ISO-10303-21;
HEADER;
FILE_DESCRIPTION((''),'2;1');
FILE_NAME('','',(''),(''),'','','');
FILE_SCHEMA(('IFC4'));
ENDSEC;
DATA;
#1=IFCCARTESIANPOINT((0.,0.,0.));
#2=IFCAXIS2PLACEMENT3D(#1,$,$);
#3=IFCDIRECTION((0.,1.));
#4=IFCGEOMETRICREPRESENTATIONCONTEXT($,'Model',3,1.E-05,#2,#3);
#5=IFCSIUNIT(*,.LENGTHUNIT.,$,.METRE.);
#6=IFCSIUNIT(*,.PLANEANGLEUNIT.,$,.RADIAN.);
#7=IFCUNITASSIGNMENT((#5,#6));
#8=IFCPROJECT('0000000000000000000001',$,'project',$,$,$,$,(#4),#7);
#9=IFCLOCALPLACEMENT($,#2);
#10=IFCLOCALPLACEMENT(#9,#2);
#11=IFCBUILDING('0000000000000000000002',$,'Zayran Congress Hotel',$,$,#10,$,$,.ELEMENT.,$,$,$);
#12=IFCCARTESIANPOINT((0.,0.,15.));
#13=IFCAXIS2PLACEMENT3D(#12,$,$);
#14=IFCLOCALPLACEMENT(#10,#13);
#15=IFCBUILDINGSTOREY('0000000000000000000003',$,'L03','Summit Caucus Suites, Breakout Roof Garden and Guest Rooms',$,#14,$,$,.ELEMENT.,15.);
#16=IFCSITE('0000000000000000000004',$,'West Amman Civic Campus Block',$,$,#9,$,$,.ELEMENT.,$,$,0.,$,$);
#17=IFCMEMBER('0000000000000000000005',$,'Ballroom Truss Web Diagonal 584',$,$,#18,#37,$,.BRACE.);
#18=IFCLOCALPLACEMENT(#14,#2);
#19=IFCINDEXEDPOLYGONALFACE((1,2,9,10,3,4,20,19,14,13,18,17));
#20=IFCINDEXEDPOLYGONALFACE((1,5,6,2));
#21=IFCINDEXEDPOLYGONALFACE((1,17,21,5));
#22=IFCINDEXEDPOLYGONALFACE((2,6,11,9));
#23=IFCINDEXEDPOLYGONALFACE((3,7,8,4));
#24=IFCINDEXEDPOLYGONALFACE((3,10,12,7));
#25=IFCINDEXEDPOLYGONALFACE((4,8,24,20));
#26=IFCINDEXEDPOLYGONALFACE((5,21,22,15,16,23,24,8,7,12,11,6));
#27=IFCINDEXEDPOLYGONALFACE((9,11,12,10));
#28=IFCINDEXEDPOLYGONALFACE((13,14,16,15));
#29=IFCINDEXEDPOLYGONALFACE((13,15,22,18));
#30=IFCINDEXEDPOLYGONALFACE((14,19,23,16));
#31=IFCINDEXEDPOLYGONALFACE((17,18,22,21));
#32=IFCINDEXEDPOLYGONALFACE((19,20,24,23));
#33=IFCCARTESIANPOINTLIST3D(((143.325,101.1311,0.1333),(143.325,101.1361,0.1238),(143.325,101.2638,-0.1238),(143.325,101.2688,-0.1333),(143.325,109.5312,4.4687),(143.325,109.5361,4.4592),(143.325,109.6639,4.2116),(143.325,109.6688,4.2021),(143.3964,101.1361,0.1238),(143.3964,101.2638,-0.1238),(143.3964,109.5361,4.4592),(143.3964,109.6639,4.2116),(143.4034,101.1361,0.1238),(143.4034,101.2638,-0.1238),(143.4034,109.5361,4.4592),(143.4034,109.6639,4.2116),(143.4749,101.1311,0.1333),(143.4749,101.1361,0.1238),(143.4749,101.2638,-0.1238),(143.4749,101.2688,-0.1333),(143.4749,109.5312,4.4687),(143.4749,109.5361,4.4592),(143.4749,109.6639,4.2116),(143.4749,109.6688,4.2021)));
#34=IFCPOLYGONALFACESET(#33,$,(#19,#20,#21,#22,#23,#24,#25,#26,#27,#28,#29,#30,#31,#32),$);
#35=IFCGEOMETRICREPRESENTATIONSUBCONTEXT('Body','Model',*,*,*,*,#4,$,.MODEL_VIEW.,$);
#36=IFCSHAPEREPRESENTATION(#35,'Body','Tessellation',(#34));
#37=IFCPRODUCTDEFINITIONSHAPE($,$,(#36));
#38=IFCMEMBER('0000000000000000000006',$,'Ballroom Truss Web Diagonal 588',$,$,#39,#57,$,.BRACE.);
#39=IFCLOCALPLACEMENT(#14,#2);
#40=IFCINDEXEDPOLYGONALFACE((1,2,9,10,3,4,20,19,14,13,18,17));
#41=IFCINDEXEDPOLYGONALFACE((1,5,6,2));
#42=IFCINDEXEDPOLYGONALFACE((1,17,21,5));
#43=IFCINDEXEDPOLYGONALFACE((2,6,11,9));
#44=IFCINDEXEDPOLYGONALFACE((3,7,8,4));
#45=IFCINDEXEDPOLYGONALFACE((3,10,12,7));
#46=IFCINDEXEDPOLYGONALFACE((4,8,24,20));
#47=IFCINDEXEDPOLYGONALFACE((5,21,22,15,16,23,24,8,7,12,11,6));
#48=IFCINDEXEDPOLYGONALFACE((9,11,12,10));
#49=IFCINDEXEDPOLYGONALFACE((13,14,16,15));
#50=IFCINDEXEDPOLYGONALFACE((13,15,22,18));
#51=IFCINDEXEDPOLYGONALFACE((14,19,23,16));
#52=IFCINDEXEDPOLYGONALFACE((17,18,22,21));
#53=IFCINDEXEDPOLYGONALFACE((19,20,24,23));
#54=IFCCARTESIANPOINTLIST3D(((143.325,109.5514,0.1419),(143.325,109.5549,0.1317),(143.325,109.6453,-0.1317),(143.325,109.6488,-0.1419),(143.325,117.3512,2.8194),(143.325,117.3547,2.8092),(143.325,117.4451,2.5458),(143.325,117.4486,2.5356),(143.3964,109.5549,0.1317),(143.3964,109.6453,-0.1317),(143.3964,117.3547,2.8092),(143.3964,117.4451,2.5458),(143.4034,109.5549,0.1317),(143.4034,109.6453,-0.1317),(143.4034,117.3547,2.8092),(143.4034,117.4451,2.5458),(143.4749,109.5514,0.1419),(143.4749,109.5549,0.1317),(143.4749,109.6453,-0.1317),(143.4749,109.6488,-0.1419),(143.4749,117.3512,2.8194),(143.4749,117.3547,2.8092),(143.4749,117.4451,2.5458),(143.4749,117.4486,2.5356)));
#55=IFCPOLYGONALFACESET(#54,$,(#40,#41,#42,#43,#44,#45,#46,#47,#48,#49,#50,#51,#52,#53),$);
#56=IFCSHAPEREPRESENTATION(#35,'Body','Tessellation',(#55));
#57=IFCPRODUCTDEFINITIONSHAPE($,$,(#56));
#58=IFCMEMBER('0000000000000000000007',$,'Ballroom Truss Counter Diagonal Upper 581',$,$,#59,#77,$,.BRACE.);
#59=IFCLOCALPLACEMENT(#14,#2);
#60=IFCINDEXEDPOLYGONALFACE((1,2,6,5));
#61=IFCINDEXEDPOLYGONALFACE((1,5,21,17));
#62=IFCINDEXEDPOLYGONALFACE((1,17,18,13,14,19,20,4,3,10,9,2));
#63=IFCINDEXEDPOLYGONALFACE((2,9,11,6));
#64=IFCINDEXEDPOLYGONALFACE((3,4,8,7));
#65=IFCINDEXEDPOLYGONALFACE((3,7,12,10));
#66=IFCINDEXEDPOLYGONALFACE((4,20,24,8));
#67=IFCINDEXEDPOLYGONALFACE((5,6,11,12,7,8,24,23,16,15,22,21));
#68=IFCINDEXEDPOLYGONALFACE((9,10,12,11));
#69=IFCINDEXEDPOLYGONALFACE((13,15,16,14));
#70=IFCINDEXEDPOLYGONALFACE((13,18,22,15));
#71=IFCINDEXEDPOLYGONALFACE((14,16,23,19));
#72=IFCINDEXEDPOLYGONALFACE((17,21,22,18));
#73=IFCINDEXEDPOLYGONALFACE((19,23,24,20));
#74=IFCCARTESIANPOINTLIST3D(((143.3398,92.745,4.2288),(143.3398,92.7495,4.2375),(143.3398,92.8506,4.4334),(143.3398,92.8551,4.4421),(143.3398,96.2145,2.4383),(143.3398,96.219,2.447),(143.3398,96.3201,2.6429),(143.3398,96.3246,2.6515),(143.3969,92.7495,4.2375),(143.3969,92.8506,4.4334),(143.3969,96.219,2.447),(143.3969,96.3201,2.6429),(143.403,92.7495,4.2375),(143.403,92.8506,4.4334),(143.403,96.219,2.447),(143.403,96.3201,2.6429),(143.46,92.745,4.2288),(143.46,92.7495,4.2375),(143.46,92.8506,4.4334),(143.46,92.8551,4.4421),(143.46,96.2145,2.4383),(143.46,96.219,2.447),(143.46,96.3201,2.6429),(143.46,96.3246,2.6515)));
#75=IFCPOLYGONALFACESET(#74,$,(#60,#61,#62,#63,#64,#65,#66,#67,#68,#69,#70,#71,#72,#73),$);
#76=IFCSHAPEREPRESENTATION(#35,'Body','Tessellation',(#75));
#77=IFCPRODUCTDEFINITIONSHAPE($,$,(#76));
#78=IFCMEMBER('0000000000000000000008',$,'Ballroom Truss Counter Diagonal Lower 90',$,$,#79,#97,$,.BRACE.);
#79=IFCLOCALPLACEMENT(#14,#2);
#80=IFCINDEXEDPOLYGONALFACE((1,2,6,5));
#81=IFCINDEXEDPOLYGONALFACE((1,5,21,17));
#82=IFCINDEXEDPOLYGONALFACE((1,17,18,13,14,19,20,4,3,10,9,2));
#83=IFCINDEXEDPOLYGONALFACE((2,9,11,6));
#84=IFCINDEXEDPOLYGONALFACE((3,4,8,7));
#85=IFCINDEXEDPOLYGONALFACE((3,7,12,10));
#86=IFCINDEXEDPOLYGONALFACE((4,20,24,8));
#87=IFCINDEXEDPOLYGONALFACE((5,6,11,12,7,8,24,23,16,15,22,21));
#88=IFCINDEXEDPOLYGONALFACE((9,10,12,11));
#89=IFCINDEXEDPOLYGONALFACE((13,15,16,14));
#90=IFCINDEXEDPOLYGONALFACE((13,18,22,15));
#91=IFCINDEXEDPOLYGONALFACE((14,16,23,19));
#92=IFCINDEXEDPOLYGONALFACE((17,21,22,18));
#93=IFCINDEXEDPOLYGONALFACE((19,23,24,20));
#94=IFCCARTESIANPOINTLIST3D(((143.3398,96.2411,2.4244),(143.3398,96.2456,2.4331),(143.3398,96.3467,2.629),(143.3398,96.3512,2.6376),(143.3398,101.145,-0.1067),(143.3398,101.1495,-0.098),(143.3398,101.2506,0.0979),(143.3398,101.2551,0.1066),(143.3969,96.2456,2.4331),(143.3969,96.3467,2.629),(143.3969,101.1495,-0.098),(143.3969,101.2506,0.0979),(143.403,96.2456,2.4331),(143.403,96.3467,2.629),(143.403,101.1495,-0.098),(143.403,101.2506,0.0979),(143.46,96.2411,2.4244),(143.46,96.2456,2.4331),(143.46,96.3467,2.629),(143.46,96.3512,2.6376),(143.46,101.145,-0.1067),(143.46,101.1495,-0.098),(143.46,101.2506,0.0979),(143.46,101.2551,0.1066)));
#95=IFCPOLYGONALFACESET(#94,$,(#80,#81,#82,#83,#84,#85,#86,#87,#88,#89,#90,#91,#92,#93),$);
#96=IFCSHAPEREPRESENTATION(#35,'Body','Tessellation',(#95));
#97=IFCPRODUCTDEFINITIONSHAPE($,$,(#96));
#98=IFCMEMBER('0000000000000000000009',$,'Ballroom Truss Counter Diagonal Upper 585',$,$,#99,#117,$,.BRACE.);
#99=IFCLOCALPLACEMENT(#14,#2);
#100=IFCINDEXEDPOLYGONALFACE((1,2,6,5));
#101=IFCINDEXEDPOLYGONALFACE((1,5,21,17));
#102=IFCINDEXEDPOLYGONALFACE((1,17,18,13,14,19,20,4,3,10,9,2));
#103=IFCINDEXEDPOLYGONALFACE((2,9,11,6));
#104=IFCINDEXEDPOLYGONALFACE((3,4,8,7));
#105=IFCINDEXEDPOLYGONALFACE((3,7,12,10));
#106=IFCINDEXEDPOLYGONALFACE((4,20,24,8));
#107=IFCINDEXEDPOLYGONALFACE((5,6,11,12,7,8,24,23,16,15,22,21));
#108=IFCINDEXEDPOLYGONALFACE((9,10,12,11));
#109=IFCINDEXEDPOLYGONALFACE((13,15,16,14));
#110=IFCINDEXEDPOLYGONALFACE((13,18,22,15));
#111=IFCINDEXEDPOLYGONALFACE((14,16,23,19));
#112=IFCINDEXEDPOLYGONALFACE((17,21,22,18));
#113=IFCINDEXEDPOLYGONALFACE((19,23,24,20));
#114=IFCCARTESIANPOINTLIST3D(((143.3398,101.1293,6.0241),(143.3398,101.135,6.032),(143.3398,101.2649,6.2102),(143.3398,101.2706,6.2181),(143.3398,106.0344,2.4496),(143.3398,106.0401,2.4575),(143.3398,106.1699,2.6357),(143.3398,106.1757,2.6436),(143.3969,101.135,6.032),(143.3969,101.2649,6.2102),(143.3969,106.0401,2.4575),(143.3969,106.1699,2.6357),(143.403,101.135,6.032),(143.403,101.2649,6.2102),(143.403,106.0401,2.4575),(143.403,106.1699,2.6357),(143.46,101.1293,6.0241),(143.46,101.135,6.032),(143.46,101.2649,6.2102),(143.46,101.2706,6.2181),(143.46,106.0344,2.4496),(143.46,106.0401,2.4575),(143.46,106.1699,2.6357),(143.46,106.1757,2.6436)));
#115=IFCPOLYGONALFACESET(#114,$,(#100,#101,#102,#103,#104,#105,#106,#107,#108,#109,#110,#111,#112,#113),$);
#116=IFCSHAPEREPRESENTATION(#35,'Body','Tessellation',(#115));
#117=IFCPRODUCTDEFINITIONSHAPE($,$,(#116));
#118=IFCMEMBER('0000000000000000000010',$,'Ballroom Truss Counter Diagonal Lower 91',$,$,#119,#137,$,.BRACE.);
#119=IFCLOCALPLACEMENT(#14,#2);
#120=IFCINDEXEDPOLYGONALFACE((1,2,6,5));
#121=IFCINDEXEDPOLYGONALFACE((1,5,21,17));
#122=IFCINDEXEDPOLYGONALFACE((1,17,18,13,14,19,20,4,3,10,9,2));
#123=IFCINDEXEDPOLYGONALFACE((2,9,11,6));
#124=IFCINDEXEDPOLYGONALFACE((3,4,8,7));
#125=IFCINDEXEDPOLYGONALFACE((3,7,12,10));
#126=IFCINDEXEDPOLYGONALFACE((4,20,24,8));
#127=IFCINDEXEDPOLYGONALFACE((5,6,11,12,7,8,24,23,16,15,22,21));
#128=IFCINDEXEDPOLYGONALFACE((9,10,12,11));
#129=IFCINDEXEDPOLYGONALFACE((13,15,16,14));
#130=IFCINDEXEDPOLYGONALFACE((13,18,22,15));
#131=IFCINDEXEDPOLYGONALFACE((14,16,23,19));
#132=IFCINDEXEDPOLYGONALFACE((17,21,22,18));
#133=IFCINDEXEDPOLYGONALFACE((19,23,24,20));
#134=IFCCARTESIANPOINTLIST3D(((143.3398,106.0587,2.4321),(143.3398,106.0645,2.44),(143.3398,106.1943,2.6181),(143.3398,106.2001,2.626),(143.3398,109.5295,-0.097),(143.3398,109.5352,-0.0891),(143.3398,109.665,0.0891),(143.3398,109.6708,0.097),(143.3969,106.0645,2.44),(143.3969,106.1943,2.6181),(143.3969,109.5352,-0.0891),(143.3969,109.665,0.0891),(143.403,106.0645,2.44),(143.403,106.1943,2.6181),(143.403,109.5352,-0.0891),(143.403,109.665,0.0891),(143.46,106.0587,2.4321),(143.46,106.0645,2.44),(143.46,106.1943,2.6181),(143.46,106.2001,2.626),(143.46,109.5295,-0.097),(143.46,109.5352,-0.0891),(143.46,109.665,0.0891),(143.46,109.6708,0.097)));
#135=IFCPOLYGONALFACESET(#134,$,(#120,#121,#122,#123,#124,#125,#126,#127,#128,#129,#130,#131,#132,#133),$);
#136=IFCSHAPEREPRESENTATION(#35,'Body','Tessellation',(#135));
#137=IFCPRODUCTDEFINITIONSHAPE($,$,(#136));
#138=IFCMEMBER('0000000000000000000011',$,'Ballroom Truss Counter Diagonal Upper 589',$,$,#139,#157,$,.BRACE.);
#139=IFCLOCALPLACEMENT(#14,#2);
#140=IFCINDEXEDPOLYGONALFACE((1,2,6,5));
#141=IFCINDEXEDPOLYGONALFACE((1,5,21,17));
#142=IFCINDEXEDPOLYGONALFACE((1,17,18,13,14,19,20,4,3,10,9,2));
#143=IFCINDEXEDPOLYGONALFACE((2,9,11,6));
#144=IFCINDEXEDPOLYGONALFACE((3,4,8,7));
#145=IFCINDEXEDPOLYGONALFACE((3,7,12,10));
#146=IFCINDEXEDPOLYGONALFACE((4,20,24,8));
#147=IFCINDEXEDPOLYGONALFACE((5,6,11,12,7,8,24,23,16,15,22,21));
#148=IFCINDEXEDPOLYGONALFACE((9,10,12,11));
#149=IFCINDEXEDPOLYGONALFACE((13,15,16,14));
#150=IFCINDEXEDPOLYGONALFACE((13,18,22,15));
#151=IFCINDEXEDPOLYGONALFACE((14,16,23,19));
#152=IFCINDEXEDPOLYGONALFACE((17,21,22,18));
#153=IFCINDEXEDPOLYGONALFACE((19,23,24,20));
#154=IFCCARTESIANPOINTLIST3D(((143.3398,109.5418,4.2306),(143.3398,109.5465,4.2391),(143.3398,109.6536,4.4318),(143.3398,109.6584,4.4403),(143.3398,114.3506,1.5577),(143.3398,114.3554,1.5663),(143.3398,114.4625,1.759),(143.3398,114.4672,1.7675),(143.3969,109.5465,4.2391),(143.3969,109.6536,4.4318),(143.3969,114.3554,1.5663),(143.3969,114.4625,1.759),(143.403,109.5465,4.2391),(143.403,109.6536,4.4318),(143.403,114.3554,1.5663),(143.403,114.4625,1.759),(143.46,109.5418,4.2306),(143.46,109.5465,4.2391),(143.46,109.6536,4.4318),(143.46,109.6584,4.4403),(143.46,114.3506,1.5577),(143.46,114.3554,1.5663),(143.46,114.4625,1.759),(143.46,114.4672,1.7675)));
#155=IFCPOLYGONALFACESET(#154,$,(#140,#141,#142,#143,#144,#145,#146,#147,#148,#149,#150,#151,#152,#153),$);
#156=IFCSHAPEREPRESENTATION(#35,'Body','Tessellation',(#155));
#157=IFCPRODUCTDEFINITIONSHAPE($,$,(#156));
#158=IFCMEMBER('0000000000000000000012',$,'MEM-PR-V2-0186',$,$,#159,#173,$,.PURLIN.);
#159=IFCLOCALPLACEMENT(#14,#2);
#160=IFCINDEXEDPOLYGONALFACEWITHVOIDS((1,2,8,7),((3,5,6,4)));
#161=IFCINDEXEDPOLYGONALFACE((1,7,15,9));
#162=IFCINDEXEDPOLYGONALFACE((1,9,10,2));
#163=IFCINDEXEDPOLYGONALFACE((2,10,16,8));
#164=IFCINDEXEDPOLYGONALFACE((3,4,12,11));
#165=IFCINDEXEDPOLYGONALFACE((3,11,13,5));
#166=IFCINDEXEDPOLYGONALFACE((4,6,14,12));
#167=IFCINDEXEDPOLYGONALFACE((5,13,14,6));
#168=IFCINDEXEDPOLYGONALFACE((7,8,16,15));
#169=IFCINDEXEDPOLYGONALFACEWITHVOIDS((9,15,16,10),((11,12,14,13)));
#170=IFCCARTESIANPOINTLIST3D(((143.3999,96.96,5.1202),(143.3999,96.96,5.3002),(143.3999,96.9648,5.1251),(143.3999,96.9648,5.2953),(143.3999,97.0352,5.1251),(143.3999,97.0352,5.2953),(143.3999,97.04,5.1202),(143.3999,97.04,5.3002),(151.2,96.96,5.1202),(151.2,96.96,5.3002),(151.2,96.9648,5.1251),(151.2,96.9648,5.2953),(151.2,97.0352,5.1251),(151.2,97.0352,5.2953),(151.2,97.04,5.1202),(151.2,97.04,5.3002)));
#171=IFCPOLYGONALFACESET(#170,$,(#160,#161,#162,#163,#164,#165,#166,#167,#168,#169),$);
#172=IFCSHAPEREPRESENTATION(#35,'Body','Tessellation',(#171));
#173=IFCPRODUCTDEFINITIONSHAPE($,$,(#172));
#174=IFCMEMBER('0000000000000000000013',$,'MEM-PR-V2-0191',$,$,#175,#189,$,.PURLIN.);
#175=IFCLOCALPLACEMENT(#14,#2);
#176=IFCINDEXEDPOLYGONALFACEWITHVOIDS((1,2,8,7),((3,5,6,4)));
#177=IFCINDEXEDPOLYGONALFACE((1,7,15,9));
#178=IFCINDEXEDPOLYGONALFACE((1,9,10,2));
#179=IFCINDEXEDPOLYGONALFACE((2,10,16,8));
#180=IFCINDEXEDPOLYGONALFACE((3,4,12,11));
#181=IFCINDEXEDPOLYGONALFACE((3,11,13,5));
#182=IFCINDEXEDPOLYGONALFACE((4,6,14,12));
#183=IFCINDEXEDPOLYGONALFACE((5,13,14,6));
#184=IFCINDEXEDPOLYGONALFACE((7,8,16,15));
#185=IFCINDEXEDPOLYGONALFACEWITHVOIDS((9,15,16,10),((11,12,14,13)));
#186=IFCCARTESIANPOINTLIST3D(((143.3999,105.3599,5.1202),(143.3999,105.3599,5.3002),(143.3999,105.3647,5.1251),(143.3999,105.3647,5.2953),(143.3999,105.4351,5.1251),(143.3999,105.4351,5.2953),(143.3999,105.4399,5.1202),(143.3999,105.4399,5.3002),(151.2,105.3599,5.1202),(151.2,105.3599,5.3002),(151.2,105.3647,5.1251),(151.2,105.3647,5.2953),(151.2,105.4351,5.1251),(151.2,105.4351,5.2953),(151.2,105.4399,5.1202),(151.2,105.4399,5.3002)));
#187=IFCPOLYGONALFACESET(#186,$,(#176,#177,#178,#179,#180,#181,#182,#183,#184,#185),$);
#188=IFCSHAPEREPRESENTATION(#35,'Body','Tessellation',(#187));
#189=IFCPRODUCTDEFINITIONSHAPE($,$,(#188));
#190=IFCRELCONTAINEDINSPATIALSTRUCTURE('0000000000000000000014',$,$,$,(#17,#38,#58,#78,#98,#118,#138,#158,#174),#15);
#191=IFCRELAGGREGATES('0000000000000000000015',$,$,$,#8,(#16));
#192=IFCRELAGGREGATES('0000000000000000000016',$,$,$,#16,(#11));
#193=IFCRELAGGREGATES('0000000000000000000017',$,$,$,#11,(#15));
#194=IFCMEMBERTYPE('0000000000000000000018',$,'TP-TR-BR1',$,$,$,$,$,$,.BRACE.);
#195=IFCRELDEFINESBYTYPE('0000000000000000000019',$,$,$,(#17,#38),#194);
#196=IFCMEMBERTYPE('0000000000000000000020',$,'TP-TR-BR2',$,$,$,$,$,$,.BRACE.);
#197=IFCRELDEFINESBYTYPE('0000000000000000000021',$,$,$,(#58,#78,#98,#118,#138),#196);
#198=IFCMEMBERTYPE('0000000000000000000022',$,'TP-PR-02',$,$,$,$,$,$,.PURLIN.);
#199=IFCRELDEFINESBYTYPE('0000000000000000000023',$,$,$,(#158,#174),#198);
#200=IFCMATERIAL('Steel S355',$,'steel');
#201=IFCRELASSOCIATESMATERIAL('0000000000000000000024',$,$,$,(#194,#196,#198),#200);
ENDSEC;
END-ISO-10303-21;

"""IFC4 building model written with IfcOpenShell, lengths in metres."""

from ifc_helpers import new_model, si_unit, direction, frame, origin, origin_2d, place, context, subcontext, project, spatial, hollow_rectangle, i_section, extrude, material, material_profile, profile_set, type_object, element, save


model = new_model("IFC4")

# Units and contexts
model_context = context("Model", 3, precision=1e-05, world=origin(), true_north=direction((0.0, 1.0)))
body_context = subcontext(model_context, "Body", "Model", "MODEL_VIEW")
ifc_project = project(units=[si_unit("LENGTHUNIT", "METRE"), si_unit("PLANEANGLEUNIT", "RADIAN")], contexts=[model_context])

# Site, building, storey
site_placement = place(None, origin())
site = spatial("IfcSite", under=ifc_project, at=site_placement, Name="West Amman Civic Campus Block", CompositionType="ELEMENT", RefElevation=0.0)
building_placement = place(site_placement, origin())
building = spatial("IfcBuilding", under=site, at=building_placement, Name="Zayran Congress Hotel", CompositionType="ELEMENT")
storey_placement = place(building_placement, frame((0.0, 0.0, 15.0)))
storey = spatial("IfcBuildingStorey", under=building, at=storey_placement, Name="L03", Description="Summit Caucus Suites, Breakout Roof Garden and Guest Rooms", CompositionType="ELEMENT", Elevation=15.0)

# Shared definitions
ifc_material_1 = material(Name="Steel S355", Category="steel")

# Members
ifc_material_profile_1 = material_profile(ifc_material_1, i_section(OverallWidth=0.1499, OverallDepth=0.3, WebThickness=0.0071, FlangeThickness=0.0107, at=origin_2d()), Name="IPE 300")
ifc_profile_set_1 = profile_set([ifc_material_profile_1], Name="Steel S355")
member_type_1 = type_object("IfcMemberType", Name="TP-TR-BR1", PredefinedType="BRACE", material=ifc_profile_set_1)
member_1_placement = place(storey_placement, frame((143.3999, 101.2, 0.0), z_axis=(0.0, 0.888625, 0.458634), x_axis=(-1.0, 0.0, 0.0)))
element("IfcMember", 1, at=member_1_placement, inside=storey, type_object=member_type_1, Name="Ballroom Truss Web Diagonal 584", PredefinedType="BRACE", context=body_context, shape_type="SweptSolid", body=[
    extrude(i_section(OverallWidth=0.1499, OverallDepth=0.3, WebThickness=0.0071, FlangeThickness=0.0107, at=origin_2d()), origin(), (0.0, 0.0, 1.0), 9.4529),
])
member_2_placement = place(storey_placement, frame((143.3999, 109.6001, 0.0), z_axis=(0.0, 0.945824, 0.324679), x_axis=(-1.0, 0.0, 0.0)))
element("IfcMember", 2, at=member_2_placement, inside=storey, type_object=member_type_1, Name="Ballroom Truss Web Diagonal 588", PredefinedType="BRACE", context=body_context, shape_type="SweptSolid", body=[
    extrude(i_section(OverallWidth=0.1499, OverallDepth=0.3, WebThickness=0.0071, FlangeThickness=0.0107, at=origin_2d()), origin(), (0.0, 0.0, 1.0), 8.2466),
])
ifc_material_profile_2 = material_profile(ifc_material_1, i_section(OverallWidth=0.1201, OverallDepth=0.24, WebThickness=0.0061, FlangeThickness=0.0098, at=origin_2d()), Name="IPE 240")
ifc_profile_set_2 = profile_set([ifc_material_profile_2], Name="Steel S355")
member_type_2 = type_object("IfcMemberType", Name="TP-TR-BR2", PredefinedType="BRACE", material=ifc_profile_set_2)
member_3_placement = place(storey_placement, frame((143.3999, 92.8, 4.3354), z_axis=(0.0, 0.888639, -0.458608), x_axis=(-1.0, 0.0, 0.0)))
element("IfcMember", 3, at=member_3_placement, inside=storey, type_object=member_type_2, Name="Ballroom Truss Counter Diagonal Upper 581", PredefinedType="BRACE", context=body_context, shape_type="SweptSolid", body=[
    extrude(i_section(OverallWidth=0.1201, OverallDepth=0.24, WebThickness=0.0061, FlangeThickness=0.0098, at=origin_2d()), origin(), (0.0, 0.0, 1.0), 3.9043),
])
member_4_placement = place(storey_placement, frame((143.3999, 96.2961, 2.531), z_axis=(0.0, 0.88862, -0.458644), x_axis=(-1.0, 0.0, 0.0)))
element("IfcMember", 4, at=member_4_placement, inside=storey, type_object=member_type_2, Name="Ballroom Truss Counter Diagonal Lower 90", PredefinedType="BRACE", context=body_context, shape_type="SweptSolid", body=[
    extrude(i_section(OverallWidth=0.1201, OverallDepth=0.24, WebThickness=0.0061, FlangeThickness=0.0098, at=origin_2d()), origin(), (0.0, 0.0, 1.0), 5.5186),
])
member_5_placement = place(storey_placement, frame((143.3999, 101.2, 6.1211), z_axis=(0.0, 0.808174, -0.588944), x_axis=(-1.0, 0.0, 0.0)))
element("IfcMember", 5, at=member_5_placement, inside=storey, type_object=member_type_2, Name="Ballroom Truss Counter Diagonal Upper 585", PredefinedType="BRACE", context=body_context, shape_type="SweptSolid", body=[
    extrude(i_section(OverallWidth=0.1201, OverallDepth=0.24, WebThickness=0.0061, FlangeThickness=0.0098, at=origin_2d()), origin(), (0.0, 0.0, 1.0), 6.0693),
])
member_6_placement = place(storey_placement, frame((143.3999, 106.1294, 2.5291), z_axis=(0.0, 0.808192, -0.588918), x_axis=(-1.0, 0.0, 0.0)))
element("IfcMember", 6, at=member_6_placement, inside=storey, type_object=member_type_2, Name="Ballroom Truss Counter Diagonal Lower 91", PredefinedType="BRACE", context=body_context, shape_type="SweptSolid", body=[
    extrude(i_section(OverallWidth=0.1201, OverallDepth=0.24, WebThickness=0.0061, FlangeThickness=0.0098, at=origin_2d()), origin(), (0.0, 0.0, 1.0), 4.2944),
])
member_7_placement = place(storey_placement, frame((143.3999, 109.6001, 4.3354), z_axis=(0.0, 0.874059, -0.48582), x_axis=(-1.0, 0.0, 0.0)))
element("IfcMember", 7, at=member_7_placement, inside=storey, type_object=member_type_2, Name="Ballroom Truss Counter Diagonal Upper 589", PredefinedType="BRACE", context=body_context, shape_type="SweptSolid", body=[
    extrude(i_section(OverallWidth=0.1201, OverallDepth=0.24, WebThickness=0.0061, FlangeThickness=0.0098, at=origin_2d()), origin(), (0.0, 0.0, 1.0), 5.5017),
])
ifc_material_profile_3 = material_profile(ifc_material_1, hollow_rectangle(XDim=0.0801, YDim=0.1799, WallThickness=0.0049, at=origin_2d()), Name="RHS 180x80x5")
ifc_profile_set_3 = profile_set([ifc_material_profile_3], Name="Steel S355")
member_type_3 = type_object("IfcMemberType", Name="TP-PR-02", PredefinedType="PURLIN", material=ifc_profile_set_3)
for number, where, z_axis, x_axis, name in (
    (8, (143.3999, 97.0, 5.2102), (1.0, 0.0, 0.0), (0.0, 1.0, 0.0), "MEM-PR-V2-0186"),
    (9, (143.3999, 105.3999, 5.2102), (1.0, 0.0, 0.0), (0.0, 1.0, 0.0), "MEM-PR-V2-0191"),
):
    element("IfcMember", number, at=place(storey_placement, frame(where, z_axis=z_axis, x_axis=x_axis)), inside=storey, type_object=member_type_3, Name=name, PredefinedType="PURLIN", context=body_context, shape_type="SweptSolid", body=[
        extrude(hollow_rectangle(XDim=0.0801, YDim=0.1799, WallThickness=0.0049, at=origin_2d()), origin(), (0.0, 0.0, 1.0), 7.8),
    ])

save(model, "model.ifc")
